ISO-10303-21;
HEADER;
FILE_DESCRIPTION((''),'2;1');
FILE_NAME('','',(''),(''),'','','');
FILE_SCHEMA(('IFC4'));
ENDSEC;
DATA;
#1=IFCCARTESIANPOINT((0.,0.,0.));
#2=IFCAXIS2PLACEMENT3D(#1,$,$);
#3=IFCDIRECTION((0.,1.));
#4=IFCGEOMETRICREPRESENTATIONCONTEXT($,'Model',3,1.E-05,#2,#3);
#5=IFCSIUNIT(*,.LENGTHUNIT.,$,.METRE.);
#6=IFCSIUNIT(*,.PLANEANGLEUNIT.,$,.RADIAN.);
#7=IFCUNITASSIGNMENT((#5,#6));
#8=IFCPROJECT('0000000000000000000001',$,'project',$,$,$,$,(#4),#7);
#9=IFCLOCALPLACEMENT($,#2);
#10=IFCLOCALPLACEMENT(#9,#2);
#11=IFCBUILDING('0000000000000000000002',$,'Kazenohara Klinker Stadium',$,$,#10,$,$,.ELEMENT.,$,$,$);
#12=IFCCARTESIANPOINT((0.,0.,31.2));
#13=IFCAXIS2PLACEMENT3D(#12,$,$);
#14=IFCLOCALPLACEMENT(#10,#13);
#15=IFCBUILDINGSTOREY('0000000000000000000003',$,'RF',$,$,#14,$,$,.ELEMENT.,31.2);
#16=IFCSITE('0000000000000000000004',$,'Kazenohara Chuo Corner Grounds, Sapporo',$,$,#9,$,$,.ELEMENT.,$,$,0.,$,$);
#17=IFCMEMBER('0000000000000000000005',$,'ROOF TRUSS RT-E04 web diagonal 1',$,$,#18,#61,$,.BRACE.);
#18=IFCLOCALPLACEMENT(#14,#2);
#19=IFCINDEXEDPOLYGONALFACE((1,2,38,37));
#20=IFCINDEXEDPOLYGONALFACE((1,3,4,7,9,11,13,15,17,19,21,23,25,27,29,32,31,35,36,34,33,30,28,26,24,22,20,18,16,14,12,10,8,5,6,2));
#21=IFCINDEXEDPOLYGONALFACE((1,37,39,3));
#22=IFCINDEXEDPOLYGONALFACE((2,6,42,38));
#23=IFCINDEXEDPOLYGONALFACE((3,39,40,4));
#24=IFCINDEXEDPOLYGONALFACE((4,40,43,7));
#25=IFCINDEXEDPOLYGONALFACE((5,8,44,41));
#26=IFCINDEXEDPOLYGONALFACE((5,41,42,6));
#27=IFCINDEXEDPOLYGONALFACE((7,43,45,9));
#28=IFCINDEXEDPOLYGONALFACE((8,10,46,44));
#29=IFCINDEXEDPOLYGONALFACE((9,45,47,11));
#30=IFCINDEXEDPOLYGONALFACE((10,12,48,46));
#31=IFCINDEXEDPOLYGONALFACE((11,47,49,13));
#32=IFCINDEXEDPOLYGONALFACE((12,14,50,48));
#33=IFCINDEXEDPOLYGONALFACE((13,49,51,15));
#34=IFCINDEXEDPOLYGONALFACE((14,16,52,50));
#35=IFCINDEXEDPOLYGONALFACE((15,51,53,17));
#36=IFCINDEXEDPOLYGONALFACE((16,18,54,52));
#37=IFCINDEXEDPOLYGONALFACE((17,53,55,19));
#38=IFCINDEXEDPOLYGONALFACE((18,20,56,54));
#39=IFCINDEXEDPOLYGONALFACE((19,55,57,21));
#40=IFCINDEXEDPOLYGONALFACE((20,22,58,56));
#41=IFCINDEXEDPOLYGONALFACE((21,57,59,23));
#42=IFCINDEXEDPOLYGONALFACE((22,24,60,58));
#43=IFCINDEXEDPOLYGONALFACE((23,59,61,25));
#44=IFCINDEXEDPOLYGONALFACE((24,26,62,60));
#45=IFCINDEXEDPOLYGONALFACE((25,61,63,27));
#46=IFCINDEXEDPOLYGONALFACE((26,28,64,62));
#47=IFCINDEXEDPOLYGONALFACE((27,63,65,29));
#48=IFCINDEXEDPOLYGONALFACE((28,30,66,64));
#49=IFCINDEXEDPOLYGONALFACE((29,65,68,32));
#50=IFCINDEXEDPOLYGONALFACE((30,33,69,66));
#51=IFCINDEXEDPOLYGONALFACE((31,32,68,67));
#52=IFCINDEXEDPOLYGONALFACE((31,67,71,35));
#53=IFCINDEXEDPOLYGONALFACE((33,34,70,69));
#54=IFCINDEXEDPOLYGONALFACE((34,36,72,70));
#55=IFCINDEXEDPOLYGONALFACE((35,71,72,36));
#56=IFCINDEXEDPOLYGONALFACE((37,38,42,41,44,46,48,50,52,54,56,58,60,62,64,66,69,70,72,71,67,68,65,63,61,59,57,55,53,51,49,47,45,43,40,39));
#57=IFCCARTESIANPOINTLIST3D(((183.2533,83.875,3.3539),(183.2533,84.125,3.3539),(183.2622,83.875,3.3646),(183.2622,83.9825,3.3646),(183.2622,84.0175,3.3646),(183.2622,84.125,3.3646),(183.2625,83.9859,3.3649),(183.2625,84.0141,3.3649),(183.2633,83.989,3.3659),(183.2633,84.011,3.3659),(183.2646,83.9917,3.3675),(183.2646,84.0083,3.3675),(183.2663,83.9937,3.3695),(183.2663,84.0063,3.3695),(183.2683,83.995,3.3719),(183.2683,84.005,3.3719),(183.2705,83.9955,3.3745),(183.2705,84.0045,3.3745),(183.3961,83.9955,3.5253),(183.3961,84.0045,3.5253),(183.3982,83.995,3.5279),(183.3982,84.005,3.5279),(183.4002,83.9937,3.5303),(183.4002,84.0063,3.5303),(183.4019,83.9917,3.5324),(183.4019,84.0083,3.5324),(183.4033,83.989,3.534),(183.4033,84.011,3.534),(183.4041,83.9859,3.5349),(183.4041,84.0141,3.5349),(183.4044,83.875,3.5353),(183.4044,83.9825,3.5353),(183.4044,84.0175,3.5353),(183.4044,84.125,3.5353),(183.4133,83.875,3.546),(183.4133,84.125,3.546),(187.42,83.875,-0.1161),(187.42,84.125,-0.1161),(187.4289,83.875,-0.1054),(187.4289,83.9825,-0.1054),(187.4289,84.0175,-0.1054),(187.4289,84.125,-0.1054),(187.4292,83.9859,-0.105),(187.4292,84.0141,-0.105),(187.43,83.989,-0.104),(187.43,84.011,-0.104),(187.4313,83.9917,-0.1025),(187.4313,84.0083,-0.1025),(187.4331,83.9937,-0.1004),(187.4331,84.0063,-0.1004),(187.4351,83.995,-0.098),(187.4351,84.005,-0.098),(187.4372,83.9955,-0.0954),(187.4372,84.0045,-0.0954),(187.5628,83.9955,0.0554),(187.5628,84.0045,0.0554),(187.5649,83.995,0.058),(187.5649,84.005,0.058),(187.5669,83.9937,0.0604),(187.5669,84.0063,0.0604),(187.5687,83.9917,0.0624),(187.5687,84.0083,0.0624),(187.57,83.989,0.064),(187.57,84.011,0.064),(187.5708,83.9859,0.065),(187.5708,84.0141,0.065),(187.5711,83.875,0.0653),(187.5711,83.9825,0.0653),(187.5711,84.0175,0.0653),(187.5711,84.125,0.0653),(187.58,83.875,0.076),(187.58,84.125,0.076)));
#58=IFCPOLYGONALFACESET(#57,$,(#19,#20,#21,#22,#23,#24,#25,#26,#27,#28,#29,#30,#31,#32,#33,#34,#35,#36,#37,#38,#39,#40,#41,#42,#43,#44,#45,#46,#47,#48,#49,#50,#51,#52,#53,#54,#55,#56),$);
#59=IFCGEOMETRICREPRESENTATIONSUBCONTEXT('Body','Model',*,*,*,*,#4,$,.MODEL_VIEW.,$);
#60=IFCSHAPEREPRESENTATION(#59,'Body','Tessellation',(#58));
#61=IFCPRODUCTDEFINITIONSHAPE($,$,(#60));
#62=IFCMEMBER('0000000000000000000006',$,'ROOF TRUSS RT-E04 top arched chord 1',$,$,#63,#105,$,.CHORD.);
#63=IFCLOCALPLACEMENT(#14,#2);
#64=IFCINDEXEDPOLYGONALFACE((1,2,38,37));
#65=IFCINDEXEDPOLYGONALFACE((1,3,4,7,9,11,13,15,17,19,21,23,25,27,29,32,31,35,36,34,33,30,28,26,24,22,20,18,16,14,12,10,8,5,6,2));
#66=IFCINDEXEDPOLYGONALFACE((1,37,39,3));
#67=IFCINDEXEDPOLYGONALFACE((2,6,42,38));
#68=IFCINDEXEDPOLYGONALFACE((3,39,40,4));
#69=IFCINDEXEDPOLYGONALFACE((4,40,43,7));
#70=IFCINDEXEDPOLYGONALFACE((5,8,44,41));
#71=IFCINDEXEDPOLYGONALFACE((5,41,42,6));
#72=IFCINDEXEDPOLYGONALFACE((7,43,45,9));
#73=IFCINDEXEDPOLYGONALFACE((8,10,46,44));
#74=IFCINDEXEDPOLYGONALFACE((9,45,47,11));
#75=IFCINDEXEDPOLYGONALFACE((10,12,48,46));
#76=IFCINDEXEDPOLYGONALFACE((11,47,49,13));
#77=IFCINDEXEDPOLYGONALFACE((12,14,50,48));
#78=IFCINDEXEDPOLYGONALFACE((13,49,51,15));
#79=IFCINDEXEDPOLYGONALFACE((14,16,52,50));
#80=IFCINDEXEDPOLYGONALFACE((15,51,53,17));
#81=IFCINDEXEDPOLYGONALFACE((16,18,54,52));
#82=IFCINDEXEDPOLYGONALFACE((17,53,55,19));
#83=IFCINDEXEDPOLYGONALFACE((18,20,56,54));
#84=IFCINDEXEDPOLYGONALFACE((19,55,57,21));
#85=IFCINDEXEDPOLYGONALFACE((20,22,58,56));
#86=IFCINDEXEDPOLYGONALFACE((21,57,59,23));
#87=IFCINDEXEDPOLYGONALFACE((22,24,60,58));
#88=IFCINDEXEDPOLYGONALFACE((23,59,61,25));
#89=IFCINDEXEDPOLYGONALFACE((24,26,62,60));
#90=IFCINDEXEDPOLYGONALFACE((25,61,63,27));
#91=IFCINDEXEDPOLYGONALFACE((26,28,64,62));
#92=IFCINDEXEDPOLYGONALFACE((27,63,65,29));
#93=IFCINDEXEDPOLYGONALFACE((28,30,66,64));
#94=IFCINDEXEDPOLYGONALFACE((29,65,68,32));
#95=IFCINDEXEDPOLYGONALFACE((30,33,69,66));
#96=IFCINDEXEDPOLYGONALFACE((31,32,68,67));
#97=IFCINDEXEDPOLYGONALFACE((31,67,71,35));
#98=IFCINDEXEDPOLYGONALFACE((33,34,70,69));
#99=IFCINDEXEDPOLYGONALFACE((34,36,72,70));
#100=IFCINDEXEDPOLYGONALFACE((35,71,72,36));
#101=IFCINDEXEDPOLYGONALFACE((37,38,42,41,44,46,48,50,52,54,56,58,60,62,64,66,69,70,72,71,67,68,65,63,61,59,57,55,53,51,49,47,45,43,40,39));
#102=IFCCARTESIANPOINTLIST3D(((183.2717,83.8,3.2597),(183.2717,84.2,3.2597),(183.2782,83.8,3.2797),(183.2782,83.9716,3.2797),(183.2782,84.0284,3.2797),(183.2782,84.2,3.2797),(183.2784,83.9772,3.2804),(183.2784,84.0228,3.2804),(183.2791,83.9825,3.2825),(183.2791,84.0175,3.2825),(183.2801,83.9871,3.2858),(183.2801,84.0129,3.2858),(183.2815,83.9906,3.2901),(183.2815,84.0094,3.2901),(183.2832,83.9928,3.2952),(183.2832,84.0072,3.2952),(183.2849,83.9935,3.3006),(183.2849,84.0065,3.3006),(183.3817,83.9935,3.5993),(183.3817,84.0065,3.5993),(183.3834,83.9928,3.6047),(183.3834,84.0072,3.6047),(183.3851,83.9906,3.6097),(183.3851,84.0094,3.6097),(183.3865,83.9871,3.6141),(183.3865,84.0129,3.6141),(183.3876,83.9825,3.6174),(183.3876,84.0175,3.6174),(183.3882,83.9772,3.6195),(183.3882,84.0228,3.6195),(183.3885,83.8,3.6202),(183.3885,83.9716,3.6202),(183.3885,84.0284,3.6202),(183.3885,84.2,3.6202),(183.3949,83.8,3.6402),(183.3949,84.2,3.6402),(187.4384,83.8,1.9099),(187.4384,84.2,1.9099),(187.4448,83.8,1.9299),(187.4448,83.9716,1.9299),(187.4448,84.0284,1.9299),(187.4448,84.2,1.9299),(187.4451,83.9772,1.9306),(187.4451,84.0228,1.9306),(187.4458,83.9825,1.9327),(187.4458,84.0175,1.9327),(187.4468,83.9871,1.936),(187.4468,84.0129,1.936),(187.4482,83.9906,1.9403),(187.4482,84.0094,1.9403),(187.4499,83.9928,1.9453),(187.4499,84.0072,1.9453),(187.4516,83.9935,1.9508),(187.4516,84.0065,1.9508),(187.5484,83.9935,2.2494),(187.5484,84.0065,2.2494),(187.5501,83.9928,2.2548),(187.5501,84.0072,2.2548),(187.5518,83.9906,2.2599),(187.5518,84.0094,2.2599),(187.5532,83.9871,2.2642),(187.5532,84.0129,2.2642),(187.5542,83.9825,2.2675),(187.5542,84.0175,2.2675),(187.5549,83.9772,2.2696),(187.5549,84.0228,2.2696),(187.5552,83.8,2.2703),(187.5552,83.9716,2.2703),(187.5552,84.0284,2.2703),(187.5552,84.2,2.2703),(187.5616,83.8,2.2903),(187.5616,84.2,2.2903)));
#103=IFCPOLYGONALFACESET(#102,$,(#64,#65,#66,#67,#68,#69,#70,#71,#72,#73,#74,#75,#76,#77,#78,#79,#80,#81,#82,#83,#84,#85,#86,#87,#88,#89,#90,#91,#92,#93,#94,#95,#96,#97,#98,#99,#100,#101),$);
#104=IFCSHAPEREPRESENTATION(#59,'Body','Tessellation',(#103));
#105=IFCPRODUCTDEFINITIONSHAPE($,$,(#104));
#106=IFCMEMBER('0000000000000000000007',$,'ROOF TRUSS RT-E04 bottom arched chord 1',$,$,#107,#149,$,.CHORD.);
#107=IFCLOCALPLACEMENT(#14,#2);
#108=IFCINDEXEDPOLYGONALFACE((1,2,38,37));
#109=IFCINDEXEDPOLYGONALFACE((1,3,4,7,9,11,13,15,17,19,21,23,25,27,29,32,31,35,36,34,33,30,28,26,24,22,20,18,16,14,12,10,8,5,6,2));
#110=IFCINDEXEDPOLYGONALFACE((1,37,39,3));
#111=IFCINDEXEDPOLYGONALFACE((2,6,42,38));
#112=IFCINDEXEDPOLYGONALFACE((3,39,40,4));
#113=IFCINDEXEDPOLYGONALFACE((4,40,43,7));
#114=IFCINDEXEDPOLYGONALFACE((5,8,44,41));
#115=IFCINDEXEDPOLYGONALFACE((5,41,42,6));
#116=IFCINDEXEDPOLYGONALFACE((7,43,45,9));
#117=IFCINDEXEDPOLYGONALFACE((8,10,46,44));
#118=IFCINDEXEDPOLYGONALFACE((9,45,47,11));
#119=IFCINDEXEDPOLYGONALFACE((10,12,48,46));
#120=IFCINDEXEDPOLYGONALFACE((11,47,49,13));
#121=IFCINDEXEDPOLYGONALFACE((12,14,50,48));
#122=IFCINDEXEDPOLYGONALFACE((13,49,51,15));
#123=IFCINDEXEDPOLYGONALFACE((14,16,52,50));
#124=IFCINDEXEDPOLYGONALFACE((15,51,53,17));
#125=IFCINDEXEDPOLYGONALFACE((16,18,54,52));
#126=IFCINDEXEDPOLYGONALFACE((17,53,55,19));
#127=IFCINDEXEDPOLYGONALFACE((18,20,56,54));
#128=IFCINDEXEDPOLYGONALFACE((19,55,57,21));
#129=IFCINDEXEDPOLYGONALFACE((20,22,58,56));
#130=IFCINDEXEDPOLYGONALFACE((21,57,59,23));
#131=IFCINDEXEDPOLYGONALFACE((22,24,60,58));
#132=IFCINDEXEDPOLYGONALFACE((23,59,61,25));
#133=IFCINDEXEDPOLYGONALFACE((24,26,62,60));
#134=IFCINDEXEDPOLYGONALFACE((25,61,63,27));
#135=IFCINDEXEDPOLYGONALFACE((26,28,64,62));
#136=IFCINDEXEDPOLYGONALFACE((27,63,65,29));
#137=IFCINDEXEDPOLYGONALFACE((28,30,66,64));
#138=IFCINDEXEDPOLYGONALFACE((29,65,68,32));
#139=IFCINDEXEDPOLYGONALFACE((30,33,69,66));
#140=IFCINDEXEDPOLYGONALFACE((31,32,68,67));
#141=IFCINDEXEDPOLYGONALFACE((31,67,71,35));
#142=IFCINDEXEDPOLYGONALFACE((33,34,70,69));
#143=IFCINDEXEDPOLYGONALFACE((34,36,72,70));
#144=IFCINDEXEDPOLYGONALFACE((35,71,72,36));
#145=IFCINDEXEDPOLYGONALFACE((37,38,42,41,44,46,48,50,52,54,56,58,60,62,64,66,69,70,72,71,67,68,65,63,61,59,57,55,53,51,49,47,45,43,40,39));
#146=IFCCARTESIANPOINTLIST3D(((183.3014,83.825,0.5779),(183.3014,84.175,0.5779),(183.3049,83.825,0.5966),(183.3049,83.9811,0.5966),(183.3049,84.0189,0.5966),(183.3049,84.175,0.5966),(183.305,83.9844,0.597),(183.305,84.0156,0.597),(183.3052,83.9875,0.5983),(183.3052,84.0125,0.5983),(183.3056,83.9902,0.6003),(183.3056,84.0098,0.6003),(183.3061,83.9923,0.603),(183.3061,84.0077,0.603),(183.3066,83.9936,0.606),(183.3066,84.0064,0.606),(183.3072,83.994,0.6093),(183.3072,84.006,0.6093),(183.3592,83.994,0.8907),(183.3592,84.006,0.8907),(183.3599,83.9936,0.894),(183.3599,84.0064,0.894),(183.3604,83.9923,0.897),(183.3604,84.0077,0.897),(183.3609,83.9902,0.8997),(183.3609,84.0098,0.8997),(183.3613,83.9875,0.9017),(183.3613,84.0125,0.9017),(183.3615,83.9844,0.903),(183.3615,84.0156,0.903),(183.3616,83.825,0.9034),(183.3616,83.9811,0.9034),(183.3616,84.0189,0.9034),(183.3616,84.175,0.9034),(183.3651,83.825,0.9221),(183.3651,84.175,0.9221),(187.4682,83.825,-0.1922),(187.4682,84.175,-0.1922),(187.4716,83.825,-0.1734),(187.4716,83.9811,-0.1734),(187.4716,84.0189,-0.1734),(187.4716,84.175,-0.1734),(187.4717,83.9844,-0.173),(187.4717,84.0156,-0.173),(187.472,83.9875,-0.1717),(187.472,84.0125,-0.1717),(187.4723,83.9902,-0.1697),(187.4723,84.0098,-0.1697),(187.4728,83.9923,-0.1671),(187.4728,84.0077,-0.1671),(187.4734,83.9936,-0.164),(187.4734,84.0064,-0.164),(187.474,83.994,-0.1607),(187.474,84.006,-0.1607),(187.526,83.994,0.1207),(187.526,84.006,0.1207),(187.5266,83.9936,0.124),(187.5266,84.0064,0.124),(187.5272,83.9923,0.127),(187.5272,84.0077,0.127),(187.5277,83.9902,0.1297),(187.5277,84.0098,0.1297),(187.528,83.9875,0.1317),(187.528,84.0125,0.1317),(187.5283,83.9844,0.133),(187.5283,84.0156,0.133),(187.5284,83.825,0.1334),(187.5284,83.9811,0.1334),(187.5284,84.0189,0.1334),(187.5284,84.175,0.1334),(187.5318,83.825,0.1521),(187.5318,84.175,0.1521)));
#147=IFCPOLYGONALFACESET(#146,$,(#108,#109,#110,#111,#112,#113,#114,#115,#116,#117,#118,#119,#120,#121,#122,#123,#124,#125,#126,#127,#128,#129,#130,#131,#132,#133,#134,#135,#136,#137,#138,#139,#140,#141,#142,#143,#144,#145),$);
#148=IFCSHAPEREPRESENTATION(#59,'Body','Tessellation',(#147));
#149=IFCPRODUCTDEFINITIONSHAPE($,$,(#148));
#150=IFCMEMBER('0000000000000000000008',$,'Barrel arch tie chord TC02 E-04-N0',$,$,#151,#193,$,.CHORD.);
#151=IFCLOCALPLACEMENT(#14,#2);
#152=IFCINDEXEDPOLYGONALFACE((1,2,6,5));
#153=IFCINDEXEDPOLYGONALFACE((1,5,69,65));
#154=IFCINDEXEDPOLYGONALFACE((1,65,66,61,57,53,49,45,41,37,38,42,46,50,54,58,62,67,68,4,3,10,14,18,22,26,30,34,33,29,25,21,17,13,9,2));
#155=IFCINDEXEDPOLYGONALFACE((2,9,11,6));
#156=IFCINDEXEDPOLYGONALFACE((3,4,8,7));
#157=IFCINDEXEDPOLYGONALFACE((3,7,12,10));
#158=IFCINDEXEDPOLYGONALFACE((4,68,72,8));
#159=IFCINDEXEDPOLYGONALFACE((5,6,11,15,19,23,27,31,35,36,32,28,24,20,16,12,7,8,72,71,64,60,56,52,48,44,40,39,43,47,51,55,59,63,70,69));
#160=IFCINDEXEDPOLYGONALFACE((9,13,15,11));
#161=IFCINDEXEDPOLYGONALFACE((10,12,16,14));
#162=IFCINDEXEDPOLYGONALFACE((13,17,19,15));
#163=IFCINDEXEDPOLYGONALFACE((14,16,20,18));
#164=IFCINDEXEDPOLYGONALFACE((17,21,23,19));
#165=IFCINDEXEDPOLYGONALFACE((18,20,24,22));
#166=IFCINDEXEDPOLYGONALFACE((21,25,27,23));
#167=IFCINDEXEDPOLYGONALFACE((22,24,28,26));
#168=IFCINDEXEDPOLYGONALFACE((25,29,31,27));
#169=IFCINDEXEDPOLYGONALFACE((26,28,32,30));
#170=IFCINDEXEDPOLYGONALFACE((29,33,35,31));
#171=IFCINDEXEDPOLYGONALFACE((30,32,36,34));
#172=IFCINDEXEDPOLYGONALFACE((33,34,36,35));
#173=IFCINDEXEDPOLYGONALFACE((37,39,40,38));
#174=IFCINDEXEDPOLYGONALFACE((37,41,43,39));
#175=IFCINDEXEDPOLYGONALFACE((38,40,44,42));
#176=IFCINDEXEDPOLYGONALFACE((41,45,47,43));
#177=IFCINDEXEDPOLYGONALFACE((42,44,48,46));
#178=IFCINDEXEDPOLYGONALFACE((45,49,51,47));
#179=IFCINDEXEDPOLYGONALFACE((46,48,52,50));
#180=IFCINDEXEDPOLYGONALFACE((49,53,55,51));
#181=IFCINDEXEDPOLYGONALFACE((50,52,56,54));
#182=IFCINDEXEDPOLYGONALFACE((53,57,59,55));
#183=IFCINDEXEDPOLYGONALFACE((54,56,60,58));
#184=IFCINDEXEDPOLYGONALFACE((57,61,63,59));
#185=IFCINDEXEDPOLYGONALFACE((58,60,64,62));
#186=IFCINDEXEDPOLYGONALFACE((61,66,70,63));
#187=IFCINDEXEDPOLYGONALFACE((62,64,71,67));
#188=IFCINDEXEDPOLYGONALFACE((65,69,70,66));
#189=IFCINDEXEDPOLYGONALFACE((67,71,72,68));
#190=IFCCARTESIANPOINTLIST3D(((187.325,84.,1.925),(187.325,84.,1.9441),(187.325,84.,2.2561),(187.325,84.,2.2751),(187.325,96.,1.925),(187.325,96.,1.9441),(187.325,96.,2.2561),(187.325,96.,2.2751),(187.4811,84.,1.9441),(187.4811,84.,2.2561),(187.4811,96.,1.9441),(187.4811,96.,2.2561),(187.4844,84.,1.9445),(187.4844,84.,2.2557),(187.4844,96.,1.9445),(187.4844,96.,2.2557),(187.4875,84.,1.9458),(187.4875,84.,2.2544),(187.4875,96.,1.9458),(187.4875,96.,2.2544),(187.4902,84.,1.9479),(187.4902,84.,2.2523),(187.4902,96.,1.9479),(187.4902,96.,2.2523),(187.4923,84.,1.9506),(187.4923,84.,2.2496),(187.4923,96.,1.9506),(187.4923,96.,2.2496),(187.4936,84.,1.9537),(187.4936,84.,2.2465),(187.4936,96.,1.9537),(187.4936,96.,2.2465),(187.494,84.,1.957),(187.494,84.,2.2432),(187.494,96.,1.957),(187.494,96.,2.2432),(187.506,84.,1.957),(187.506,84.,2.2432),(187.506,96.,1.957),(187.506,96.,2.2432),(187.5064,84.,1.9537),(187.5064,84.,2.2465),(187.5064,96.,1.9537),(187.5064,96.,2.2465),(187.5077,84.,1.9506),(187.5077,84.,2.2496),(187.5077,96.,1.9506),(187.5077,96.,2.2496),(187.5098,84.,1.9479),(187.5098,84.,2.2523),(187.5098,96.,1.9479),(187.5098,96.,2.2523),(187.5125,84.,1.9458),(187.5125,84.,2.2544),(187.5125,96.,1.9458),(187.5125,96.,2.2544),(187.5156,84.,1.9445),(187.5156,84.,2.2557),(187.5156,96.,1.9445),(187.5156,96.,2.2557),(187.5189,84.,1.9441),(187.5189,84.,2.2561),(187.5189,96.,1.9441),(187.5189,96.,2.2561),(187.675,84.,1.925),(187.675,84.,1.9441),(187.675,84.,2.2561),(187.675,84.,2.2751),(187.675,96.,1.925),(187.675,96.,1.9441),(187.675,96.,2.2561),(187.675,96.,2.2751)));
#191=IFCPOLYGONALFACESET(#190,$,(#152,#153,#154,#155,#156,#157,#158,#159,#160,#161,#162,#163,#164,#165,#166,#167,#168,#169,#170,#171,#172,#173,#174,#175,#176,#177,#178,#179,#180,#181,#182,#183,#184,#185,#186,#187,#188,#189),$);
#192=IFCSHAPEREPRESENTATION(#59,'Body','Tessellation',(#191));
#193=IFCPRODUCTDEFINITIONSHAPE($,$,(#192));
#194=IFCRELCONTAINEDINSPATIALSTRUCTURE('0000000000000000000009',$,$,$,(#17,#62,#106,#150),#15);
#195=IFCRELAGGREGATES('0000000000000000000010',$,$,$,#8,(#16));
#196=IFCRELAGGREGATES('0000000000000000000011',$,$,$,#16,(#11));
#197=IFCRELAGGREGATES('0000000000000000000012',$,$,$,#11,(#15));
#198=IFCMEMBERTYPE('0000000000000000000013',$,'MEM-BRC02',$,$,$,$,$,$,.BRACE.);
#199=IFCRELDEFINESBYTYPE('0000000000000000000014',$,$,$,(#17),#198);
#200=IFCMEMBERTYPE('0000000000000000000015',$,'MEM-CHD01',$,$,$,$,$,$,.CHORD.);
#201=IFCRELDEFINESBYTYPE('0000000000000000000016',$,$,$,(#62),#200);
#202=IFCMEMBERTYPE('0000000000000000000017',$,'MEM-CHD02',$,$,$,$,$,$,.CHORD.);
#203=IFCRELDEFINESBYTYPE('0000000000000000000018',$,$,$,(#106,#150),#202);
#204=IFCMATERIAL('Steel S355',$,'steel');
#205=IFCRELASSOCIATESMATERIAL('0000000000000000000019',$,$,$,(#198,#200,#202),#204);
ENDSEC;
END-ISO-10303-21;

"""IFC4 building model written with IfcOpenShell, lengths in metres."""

from ifc_helpers import new_model, si_unit, direction, frame, origin, origin_2d, place, context, subcontext, project, spatial, i_section, extrude, material, material_profile, profile_set, type_object, element, save


model = new_model("IFC4")

# Units and contexts
model_context = context("Model", 3, precision=1e-05, world=origin(), true_north=direction((0.0, 1.0)))
body_context = subcontext(model_context, "Body", "Model", "MODEL_VIEW")
ifc_project = project(units=[si_unit("LENGTHUNIT", "METRE"), si_unit("PLANEANGLEUNIT", "RADIAN")], contexts=[model_context])

# Site, building, storey
site_placement = place(None, origin())
site = spatial("IfcSite", under=ifc_project, at=site_placement, Name="Kazenohara Chuo Corner Grounds, Sapporo", CompositionType="ELEMENT", RefElevation=0.0)
building_placement = place(site_placement, origin())
building = spatial("IfcBuilding", under=site, at=building_placement, Name="Kazenohara Klinker Stadium", CompositionType="ELEMENT")
storey_placement = place(building_placement, frame((0.0, 0.0, 31.2)))
storey = spatial("IfcBuildingStorey", under=building, at=storey_placement, Name="RF", CompositionType="ELEMENT", Elevation=31.2)

# Members
ifc_material_1 = material(Name="Steel S355", Category="steel")
ifc_material_profile_1 = material_profile(ifc_material_1, i_section(OverallWidth=0.25, OverallDepth=0.25, WebThickness=0.009, FlangeThickness=0.0139, FilletRadius=0.0129, at=origin_2d()), Name="H-250x250x9x14")
ifc_profile_set_1 = profile_set([ifc_material_profile_1], Name="Steel S355")
member_type_1 = type_object("IfcMemberType", Name="MEM-BRC02", PredefinedType="BRACE", material=ifc_profile_set_1)
member_1_placement = place(storey_placement, frame((187.5, 84.0, -0.02), z_axis=(-0.768432, 0.0, 0.639932), x_axis=(0.0, -1.0, 0.0)))
element("IfcMember", 1, at=member_1_placement, inside=storey, type_object=member_type_1, Name="ROOF TRUSS RT-E04 web diagonal 1", PredefinedType="BRACE", context=body_context, shape_type="SweptSolid", body=[
    extrude(i_section(OverallWidth=0.25, OverallDepth=0.25, WebThickness=0.009, FlangeThickness=0.0139, FilletRadius=0.0129, at=origin_2d()), origin(), (0.0, 0.0, 1.0), 5.4224),
])
ifc_material_profile_2 = material_profile(ifc_material_1, i_section(OverallWidth=0.3999, OverallDepth=0.3999, WebThickness=0.0129, FlangeThickness=0.021, FilletRadius=0.022, at=origin_2d()), Name="H-400x400x13x21")
ifc_profile_set_2 = profile_set([ifc_material_profile_2], Name="Steel S355")
member_type_2 = type_object("IfcMemberType", Name="MEM-CHD01", PredefinedType="CHORD", material=ifc_profile_set_2)
member_2_placement = place(storey_placement, frame((187.5, 84.0, 2.1001), z_axis=(-0.951325, 0.0, 0.30819), x_axis=(0.0, -1.0, 0.0)))
element("IfcMember", 2, at=member_2_placement, inside=storey, type_object=member_type_2, Name="ROOF TRUSS RT-E04 top arched chord 1", PredefinedType="CHORD", context=body_context, shape_type="SweptSolid", body=[
    extrude(i_section(OverallWidth=0.3999, OverallDepth=0.3999, WebThickness=0.0129, FlangeThickness=0.021, FilletRadius=0.022, at=origin_2d()), origin(), (0.0, 0.0, 1.0), 4.3799),
])
ifc_material_profile_3 = material_profile(ifc_material_1, i_section(OverallWidth=0.3501, OverallDepth=0.3501, WebThickness=0.012, FlangeThickness=0.019, FilletRadius=0.0129, at=origin_2d()), Name="H-350x350x12x19")
ifc_profile_set_3 = profile_set([ifc_material_profile_3], Name="Steel S355")
member_type_3 = type_object("IfcMemberType", Name="MEM-CHD02", PredefinedType="CHORD", material=ifc_profile_set_3)
member_3_placement = place(storey_placement, frame((187.5, 84.0, -0.02), z_axis=(-0.98335, 0.0, 0.181724), x_axis=(0.0, -1.0, 0.0)))
element("IfcMember", 3, at=member_3_placement, inside=storey, type_object=member_type_3, Name="ROOF TRUSS RT-E04 bottom arched chord 1", PredefinedType="CHORD", context=body_context, shape_type="SweptSolid", body=[
    extrude(i_section(OverallWidth=0.3501, OverallDepth=0.3501, WebThickness=0.012, FlangeThickness=0.019, FilletRadius=0.0129, at=origin_2d()), origin(), (0.0, 0.0, 1.0), 4.2373),
])
member_4_placement = place(storey_placement, frame((187.5, 84.0, 2.1001), z_axis=(0.0, 1.0, 0.0), x_axis=(-1.0, 0.0, 0.0)))
element("IfcMember", 4, at=member_4_placement, inside=storey, type_object=member_type_3, Name="Barrel arch tie chord TC02 E-04-N0", PredefinedType="CHORD", context=body_context, shape_type="SweptSolid", body=[
    extrude(i_section(OverallWidth=0.3501, OverallDepth=0.3501, WebThickness=0.012, FlangeThickness=0.019, FilletRadius=0.0129, at=origin_2d()), origin(), (0.0, 0.0, 1.0), 12.0),
])

save(model, "model.ifc")
